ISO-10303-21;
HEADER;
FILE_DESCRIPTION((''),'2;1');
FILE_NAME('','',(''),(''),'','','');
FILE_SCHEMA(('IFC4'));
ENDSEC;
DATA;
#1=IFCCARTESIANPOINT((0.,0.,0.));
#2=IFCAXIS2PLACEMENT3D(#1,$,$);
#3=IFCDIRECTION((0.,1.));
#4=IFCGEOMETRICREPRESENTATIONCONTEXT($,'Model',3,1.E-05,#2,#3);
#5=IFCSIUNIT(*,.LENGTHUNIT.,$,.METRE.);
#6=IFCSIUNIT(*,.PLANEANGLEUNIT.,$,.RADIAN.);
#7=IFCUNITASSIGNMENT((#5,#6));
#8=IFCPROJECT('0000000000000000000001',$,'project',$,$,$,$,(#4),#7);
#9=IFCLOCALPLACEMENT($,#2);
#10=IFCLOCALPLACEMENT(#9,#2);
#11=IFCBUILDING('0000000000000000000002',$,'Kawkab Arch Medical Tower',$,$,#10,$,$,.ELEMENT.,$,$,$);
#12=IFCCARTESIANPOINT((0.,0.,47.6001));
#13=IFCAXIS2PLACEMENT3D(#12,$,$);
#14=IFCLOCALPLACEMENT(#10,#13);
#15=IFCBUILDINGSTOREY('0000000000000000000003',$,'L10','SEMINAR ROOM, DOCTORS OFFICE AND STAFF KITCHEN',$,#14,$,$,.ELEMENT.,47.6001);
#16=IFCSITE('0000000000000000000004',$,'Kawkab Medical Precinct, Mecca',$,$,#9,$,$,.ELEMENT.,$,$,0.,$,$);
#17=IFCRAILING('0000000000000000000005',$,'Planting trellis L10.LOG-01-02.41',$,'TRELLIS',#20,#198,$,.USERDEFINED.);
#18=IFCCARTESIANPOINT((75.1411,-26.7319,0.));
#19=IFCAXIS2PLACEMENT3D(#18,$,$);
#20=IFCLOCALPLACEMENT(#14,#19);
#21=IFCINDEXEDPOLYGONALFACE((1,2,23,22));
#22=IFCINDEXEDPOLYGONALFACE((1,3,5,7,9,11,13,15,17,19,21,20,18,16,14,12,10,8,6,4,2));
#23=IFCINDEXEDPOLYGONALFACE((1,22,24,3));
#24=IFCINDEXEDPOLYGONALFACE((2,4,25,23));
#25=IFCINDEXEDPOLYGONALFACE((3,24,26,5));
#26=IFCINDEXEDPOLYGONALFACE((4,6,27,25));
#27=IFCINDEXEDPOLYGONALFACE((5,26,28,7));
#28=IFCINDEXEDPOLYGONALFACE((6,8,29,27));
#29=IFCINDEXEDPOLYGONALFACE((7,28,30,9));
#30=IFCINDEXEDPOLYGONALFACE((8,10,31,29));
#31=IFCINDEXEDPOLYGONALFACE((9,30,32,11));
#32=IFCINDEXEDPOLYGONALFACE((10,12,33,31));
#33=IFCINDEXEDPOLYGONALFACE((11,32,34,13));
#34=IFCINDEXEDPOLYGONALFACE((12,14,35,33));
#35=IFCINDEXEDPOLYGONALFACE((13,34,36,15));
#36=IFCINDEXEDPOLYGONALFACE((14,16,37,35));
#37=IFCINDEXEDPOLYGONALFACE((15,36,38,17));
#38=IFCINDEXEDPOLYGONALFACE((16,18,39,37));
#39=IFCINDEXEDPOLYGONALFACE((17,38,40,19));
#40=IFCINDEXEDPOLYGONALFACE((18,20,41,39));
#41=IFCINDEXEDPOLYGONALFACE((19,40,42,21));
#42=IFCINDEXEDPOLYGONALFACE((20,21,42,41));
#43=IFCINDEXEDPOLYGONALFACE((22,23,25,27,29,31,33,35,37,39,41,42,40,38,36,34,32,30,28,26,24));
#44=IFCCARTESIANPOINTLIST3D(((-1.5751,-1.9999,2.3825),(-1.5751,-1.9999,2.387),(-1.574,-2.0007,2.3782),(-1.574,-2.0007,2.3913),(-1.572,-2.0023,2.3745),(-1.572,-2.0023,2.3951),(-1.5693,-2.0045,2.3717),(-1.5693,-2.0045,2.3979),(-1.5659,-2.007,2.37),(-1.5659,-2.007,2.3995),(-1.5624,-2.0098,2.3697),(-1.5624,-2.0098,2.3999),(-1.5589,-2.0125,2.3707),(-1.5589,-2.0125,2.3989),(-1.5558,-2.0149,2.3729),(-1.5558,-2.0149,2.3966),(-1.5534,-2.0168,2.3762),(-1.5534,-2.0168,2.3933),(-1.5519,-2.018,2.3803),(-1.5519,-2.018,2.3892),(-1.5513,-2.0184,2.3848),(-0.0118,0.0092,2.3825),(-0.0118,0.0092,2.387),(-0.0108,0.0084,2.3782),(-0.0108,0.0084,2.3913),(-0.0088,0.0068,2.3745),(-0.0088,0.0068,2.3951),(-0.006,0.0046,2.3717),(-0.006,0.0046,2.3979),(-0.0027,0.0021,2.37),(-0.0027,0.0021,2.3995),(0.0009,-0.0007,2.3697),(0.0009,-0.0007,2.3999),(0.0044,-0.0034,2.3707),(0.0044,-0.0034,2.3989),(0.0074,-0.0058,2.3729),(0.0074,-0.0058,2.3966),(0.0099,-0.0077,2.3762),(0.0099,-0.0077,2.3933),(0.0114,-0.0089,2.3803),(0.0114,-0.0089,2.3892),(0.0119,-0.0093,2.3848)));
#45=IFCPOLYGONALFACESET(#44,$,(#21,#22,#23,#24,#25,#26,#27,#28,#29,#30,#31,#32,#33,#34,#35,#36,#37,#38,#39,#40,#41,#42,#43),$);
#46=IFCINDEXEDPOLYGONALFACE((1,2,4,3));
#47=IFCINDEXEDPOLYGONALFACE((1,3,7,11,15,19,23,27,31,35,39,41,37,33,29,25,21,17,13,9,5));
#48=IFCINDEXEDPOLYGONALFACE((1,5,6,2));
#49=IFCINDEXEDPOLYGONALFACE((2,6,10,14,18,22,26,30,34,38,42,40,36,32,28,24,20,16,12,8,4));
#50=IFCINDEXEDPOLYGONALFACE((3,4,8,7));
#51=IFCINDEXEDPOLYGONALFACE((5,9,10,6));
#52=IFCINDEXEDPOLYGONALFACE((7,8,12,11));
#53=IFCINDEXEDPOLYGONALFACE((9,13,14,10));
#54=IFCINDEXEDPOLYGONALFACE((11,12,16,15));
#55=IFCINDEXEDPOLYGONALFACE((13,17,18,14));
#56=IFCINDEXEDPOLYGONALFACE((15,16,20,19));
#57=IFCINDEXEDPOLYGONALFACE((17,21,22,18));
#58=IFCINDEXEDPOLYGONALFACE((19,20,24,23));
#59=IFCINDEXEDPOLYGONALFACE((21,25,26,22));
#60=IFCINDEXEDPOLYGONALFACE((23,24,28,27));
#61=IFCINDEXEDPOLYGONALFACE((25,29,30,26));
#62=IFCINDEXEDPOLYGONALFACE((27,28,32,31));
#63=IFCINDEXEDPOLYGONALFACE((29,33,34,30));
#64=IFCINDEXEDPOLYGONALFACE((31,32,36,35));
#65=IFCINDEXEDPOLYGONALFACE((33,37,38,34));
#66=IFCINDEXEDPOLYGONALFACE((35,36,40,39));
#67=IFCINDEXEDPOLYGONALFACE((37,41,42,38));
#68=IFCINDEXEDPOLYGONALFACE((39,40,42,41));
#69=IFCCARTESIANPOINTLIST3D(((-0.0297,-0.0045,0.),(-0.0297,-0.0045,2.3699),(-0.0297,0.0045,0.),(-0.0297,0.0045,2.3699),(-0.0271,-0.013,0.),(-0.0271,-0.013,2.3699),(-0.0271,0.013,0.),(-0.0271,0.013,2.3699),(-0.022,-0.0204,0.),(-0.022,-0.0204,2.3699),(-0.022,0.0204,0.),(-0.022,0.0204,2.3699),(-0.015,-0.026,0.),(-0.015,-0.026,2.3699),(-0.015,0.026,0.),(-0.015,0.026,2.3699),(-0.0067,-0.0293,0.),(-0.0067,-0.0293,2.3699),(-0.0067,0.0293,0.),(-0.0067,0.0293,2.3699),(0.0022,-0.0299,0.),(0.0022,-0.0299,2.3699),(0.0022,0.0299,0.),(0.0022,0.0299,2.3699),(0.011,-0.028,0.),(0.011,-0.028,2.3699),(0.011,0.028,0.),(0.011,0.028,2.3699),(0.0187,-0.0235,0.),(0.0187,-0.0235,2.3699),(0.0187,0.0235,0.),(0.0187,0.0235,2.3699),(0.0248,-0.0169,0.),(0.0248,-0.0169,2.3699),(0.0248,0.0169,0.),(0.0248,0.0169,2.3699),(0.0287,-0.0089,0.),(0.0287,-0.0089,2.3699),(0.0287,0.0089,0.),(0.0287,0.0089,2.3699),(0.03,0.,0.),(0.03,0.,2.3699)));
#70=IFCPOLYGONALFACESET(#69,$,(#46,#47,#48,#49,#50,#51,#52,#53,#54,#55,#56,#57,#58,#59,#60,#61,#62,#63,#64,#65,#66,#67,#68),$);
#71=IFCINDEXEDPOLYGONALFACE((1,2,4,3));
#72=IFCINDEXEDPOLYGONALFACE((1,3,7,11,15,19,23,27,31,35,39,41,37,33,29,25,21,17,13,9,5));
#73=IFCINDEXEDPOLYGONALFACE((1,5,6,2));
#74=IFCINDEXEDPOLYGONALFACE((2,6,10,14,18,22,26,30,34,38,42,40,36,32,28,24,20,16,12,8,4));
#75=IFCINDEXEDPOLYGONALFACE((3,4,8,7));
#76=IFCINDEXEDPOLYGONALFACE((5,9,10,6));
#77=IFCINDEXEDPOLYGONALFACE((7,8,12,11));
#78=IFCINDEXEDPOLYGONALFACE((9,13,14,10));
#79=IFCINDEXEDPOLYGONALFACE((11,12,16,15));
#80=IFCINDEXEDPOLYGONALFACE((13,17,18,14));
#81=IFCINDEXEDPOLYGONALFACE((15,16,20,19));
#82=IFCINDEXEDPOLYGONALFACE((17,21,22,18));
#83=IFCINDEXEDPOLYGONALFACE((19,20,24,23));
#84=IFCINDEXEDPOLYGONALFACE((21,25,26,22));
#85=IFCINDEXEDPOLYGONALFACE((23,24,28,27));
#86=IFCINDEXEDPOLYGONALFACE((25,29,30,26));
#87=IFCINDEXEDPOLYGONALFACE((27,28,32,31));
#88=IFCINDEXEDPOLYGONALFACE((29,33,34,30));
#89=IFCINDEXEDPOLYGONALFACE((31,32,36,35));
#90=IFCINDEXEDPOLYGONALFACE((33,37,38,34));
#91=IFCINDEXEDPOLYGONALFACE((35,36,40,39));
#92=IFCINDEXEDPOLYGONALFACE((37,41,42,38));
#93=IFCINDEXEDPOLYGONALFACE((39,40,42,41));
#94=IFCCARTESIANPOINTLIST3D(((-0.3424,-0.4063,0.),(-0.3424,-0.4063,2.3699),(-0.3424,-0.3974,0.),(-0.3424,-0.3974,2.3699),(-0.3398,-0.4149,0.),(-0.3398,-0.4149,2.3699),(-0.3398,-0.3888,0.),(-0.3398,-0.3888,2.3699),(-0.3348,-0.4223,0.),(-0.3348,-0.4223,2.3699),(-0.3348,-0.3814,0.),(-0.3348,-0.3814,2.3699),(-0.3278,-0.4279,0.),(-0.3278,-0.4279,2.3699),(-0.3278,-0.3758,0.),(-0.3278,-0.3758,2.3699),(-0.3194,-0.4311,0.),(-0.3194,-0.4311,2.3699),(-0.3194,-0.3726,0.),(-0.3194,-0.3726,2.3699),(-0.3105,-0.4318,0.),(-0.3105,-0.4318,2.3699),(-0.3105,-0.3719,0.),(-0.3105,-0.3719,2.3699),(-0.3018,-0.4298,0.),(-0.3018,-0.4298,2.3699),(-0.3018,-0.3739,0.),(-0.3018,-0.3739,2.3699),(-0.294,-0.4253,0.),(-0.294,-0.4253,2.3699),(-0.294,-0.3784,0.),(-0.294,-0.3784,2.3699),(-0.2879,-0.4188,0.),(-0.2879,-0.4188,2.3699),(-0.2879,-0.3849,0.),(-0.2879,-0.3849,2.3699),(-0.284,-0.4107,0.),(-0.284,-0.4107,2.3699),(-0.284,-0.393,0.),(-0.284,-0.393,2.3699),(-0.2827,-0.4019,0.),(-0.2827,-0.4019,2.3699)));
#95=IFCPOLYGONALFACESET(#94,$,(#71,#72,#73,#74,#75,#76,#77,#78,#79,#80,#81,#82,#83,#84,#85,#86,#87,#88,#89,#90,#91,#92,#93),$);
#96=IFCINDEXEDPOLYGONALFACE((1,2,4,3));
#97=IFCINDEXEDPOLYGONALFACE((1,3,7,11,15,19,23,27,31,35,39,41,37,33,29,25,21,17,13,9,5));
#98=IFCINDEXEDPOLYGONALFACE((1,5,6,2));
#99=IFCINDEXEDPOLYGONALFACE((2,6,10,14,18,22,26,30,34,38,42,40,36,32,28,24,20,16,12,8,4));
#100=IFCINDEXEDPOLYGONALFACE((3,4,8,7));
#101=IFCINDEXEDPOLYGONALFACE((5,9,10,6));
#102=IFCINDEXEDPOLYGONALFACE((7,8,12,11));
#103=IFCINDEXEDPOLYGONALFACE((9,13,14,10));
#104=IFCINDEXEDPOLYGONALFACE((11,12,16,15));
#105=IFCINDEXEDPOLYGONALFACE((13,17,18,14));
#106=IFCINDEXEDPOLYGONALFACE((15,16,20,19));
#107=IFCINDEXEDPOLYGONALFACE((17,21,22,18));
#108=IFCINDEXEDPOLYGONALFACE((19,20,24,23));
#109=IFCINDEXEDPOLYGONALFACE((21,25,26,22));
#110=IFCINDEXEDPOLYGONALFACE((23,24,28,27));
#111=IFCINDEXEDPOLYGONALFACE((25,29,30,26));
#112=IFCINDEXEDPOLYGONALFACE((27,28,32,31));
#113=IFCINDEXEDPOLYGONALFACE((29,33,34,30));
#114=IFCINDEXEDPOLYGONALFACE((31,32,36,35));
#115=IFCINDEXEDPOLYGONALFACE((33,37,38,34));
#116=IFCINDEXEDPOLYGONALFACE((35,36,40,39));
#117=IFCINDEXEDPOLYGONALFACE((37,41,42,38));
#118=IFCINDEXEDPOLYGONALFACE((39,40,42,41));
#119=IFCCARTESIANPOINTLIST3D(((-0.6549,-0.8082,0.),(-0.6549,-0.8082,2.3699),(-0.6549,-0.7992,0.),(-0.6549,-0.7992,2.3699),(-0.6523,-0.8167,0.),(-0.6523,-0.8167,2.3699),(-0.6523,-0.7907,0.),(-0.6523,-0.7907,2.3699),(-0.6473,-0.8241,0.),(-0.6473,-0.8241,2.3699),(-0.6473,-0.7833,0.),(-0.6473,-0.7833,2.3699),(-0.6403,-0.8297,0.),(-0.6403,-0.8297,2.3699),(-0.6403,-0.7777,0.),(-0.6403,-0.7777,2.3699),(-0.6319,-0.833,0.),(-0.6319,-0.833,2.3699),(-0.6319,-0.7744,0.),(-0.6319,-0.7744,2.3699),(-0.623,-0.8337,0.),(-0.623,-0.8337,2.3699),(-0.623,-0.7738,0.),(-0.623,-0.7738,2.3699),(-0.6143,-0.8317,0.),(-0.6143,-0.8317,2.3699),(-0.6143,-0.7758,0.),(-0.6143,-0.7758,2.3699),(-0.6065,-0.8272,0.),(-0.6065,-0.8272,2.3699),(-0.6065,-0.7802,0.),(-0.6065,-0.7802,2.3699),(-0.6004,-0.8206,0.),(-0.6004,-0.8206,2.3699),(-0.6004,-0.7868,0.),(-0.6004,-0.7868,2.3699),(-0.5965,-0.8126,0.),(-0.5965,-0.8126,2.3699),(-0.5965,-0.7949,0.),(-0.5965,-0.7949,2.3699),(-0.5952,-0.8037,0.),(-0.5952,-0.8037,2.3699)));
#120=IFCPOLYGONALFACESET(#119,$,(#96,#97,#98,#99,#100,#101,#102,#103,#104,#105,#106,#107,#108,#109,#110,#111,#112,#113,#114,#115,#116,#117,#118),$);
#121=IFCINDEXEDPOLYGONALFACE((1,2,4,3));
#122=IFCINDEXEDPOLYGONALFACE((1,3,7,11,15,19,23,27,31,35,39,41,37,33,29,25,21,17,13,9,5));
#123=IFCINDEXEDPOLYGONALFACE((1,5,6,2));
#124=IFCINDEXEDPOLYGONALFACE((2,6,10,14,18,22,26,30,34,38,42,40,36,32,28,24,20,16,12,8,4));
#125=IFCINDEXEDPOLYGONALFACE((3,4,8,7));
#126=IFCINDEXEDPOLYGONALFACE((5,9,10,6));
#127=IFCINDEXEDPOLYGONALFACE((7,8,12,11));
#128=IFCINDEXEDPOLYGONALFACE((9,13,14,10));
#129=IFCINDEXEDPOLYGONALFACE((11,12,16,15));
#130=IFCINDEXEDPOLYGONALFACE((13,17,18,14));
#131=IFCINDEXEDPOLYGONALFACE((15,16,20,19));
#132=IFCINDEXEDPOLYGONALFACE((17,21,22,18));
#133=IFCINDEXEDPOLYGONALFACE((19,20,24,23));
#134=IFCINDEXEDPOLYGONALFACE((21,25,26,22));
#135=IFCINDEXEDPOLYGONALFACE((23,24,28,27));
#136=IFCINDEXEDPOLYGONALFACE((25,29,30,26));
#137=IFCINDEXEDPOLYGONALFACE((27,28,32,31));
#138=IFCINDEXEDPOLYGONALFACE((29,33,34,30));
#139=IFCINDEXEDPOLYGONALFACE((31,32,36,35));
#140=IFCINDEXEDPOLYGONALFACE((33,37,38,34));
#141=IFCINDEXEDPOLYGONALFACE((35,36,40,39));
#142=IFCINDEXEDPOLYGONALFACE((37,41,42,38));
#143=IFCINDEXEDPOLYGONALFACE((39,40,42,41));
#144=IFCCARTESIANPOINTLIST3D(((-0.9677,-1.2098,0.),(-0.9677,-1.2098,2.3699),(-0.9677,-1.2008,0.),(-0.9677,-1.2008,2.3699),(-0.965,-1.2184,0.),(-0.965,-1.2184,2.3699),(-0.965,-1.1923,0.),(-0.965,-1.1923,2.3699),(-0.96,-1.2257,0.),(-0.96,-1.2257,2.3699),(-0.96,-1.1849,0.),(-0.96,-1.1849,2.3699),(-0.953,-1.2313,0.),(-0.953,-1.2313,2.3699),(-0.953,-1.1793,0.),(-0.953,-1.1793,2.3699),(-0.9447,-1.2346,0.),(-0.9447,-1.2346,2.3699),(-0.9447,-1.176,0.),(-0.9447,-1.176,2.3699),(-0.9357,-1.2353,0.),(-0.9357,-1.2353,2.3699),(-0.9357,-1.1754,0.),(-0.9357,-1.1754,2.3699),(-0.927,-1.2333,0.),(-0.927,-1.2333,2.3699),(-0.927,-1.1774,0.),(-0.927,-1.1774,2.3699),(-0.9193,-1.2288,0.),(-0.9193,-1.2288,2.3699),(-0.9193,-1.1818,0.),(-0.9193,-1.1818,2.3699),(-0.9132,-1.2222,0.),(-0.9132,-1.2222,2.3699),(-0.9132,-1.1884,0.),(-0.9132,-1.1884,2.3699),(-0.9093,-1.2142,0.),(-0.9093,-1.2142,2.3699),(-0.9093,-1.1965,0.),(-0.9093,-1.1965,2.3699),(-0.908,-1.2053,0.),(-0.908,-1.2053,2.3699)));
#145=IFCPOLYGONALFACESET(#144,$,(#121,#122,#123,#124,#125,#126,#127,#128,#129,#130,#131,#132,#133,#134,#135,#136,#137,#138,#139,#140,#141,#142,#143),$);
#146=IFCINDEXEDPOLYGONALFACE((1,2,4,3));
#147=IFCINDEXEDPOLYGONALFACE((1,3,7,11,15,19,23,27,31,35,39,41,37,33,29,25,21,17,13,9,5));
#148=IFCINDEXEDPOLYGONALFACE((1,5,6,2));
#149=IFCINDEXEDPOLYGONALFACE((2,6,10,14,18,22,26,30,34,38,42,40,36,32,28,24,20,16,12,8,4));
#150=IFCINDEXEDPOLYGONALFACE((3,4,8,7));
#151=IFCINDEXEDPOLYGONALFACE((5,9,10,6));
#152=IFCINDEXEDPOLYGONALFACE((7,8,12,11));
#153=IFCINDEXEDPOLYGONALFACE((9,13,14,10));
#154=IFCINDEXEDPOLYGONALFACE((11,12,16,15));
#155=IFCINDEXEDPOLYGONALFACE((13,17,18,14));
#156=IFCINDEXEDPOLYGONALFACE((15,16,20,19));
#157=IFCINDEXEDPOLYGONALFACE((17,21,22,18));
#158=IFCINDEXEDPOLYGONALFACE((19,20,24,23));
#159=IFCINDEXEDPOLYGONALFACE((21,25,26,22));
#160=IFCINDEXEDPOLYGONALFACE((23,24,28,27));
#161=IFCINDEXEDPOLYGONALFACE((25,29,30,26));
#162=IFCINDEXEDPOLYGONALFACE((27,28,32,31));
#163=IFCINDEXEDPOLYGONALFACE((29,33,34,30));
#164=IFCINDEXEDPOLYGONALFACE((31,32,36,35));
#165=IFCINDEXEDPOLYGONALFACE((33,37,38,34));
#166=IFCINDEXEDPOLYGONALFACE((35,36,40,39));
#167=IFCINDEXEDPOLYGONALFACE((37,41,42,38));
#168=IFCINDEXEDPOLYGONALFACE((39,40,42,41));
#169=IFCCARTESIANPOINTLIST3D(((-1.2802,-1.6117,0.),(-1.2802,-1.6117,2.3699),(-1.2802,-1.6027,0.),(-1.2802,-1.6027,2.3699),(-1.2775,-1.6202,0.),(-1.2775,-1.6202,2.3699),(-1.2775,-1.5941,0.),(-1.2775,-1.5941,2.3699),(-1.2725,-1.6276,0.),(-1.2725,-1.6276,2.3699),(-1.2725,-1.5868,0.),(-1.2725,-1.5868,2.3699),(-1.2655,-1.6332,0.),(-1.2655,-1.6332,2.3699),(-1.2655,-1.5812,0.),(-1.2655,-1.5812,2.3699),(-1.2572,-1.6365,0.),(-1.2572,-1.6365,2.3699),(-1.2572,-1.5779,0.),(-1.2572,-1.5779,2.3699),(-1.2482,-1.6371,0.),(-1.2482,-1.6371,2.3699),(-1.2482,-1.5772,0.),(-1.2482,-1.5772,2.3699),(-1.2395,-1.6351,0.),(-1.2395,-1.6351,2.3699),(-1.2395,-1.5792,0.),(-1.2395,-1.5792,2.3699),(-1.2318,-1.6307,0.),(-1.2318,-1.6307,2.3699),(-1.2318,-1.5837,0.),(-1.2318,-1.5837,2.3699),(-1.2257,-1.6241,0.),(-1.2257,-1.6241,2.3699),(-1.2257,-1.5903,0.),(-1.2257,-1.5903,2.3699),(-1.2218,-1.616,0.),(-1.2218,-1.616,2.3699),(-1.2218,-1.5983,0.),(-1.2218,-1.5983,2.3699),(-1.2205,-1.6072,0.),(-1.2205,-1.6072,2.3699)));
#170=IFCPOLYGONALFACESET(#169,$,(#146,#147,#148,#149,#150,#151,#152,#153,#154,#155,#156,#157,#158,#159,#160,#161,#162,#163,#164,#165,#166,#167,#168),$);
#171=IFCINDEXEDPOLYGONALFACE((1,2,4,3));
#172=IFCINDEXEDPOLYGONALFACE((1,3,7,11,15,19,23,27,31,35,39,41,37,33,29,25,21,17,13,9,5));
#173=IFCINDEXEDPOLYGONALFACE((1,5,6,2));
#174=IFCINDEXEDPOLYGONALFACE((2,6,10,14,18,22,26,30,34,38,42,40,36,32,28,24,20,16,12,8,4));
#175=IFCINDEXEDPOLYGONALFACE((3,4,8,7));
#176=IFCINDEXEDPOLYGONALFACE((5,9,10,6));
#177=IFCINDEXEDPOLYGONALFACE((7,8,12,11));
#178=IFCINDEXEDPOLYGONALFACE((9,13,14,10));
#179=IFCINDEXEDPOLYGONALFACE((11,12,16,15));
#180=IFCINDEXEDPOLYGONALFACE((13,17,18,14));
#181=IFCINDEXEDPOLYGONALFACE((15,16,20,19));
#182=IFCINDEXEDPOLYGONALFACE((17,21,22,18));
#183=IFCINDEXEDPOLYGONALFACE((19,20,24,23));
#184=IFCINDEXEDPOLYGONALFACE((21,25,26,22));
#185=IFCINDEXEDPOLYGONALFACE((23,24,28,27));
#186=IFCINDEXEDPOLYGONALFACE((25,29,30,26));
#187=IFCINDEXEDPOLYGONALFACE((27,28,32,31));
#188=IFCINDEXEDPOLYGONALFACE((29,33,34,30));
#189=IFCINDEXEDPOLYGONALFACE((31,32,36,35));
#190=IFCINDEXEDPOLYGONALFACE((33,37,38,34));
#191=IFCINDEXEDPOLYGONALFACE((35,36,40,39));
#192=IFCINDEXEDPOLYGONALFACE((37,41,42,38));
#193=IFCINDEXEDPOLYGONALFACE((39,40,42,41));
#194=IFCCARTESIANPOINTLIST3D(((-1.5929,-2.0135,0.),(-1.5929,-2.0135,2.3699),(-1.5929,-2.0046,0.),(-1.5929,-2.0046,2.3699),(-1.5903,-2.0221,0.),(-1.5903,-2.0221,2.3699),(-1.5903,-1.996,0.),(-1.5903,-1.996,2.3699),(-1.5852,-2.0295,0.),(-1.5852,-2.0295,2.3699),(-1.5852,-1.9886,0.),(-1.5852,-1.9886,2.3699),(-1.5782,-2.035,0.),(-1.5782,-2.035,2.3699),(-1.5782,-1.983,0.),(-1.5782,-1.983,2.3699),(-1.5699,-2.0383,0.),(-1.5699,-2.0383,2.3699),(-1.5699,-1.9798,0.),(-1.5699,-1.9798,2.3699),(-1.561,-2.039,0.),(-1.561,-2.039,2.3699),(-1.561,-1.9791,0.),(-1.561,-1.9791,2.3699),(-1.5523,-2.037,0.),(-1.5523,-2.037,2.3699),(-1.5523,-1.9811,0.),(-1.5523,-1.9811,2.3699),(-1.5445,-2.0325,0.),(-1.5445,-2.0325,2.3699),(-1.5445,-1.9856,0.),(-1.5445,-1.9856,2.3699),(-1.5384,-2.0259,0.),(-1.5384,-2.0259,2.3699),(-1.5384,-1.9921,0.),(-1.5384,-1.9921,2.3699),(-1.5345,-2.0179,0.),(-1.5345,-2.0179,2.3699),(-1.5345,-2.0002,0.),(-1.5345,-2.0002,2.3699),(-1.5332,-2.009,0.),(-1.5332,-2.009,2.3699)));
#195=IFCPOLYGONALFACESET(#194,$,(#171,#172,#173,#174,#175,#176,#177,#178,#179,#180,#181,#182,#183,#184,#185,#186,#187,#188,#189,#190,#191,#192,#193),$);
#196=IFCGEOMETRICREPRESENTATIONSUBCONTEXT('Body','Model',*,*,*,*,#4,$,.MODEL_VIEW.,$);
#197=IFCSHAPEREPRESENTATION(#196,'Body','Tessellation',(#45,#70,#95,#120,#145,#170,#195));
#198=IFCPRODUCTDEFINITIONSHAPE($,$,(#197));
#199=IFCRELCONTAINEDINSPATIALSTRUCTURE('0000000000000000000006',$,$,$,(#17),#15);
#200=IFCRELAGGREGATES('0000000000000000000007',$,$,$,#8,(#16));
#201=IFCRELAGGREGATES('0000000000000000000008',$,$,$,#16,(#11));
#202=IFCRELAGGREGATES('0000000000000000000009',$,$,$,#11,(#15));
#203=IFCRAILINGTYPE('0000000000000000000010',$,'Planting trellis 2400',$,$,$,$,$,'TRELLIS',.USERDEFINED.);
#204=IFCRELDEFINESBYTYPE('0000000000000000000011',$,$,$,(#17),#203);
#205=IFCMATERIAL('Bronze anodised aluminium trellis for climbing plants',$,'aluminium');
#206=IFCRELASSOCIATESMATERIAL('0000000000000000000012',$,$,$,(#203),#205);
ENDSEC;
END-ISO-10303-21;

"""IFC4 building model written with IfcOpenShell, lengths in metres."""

from ifc_helpers import new_model, si_unit, direction, frame, origin, origin_2d, place, context, subcontext, project, spatial, circle, extrude, material, type_object, element, save


model = new_model("IFC4")

# Units and contexts
model_context = context("Model", 3, precision=1e-05, world=origin(), true_north=direction((0.0, 1.0)))
body_context = subcontext(model_context, "Body", "Model", "MODEL_VIEW")
ifc_project = project(units=[si_unit("LENGTHUNIT", "METRE"), si_unit("PLANEANGLEUNIT", "RADIAN")], contexts=[model_context])

# Site, building, storey
site_placement = place(None, origin())
site = spatial("IfcSite", under=ifc_project, at=site_placement, Name="Kawkab Medical Precinct, Mecca", CompositionType="ELEMENT", RefElevation=0.0)
building_placement = place(site_placement, origin())
building = spatial("IfcBuilding", under=site, at=building_placement, Name="Kawkab Arch Medical Tower", CompositionType="ELEMENT")
storey_placement = place(building_placement, frame((0.0, 0.0, 47.6001)))
storey = spatial("IfcBuildingStorey", under=building, at=storey_placement, Name="L10", Description="SEMINAR ROOM, DOCTORS OFFICE AND STAFF KITCHEN", CompositionType="ELEMENT", Elevation=47.6001)

# Railing
ifc_material_1 = material(Name="Bronze anodised aluminium trellis for climbing plants", Category="aluminium")
railing_type = type_object("IfcRailingType", Name="Planting trellis 2400", ElementType="TRELLIS", PredefinedType="USERDEFINED", material=ifc_material_1)
railing_1_placement = place(storey_placement, frame((75.1411, -26.7319, 0.0)))
element("IfcRailing", 1, at=railing_1_placement, inside=storey, type_object=railing_type, Name="Planting trellis L10.LOG-01-02.41", ObjectType="TRELLIS", PredefinedType="USERDEFINED", context=body_context, shape_type="SweptSolid", body=[
    extrude(circle(Radius=0.0151, at=origin_2d()), frame((0.0, 0.0, 2.3848), z_axis=(-0.6141, -0.789228, 0.0), x_axis=(0.789228, -0.6141, 0.0)), (0.0, 0.0, 1.0), 2.5457),
    extrude(circle(Radius=0.03, at=origin_2d()), origin(), (0.0, 0.0, 1.0), 2.3699),
    extrude(circle(Radius=0.03, at=origin_2d()), frame((-0.3127, -0.4019, 0.0)), (0.0, 0.0, 1.0), 2.3699),
    extrude(circle(Radius=0.03, at=origin_2d()), frame((-0.6252, -0.8037, 0.0)), (0.0, 0.0, 1.0), 2.3699),
    extrude(circle(Radius=0.03, at=origin_2d()), frame((-0.938, -1.2053, 0.0)), (0.0, 0.0, 1.0), 2.3699),
    extrude(circle(Radius=0.03, at=origin_2d()), frame((-1.2505, -1.6072, 0.0)), (0.0, 0.0, 1.0), 2.3699),
    extrude(circle(Radius=0.03, at=origin_2d()), frame((-1.5632, -2.009, 0.0)), (0.0, 0.0, 1.0), 2.3699),
])

save(model, "model.ifc")
